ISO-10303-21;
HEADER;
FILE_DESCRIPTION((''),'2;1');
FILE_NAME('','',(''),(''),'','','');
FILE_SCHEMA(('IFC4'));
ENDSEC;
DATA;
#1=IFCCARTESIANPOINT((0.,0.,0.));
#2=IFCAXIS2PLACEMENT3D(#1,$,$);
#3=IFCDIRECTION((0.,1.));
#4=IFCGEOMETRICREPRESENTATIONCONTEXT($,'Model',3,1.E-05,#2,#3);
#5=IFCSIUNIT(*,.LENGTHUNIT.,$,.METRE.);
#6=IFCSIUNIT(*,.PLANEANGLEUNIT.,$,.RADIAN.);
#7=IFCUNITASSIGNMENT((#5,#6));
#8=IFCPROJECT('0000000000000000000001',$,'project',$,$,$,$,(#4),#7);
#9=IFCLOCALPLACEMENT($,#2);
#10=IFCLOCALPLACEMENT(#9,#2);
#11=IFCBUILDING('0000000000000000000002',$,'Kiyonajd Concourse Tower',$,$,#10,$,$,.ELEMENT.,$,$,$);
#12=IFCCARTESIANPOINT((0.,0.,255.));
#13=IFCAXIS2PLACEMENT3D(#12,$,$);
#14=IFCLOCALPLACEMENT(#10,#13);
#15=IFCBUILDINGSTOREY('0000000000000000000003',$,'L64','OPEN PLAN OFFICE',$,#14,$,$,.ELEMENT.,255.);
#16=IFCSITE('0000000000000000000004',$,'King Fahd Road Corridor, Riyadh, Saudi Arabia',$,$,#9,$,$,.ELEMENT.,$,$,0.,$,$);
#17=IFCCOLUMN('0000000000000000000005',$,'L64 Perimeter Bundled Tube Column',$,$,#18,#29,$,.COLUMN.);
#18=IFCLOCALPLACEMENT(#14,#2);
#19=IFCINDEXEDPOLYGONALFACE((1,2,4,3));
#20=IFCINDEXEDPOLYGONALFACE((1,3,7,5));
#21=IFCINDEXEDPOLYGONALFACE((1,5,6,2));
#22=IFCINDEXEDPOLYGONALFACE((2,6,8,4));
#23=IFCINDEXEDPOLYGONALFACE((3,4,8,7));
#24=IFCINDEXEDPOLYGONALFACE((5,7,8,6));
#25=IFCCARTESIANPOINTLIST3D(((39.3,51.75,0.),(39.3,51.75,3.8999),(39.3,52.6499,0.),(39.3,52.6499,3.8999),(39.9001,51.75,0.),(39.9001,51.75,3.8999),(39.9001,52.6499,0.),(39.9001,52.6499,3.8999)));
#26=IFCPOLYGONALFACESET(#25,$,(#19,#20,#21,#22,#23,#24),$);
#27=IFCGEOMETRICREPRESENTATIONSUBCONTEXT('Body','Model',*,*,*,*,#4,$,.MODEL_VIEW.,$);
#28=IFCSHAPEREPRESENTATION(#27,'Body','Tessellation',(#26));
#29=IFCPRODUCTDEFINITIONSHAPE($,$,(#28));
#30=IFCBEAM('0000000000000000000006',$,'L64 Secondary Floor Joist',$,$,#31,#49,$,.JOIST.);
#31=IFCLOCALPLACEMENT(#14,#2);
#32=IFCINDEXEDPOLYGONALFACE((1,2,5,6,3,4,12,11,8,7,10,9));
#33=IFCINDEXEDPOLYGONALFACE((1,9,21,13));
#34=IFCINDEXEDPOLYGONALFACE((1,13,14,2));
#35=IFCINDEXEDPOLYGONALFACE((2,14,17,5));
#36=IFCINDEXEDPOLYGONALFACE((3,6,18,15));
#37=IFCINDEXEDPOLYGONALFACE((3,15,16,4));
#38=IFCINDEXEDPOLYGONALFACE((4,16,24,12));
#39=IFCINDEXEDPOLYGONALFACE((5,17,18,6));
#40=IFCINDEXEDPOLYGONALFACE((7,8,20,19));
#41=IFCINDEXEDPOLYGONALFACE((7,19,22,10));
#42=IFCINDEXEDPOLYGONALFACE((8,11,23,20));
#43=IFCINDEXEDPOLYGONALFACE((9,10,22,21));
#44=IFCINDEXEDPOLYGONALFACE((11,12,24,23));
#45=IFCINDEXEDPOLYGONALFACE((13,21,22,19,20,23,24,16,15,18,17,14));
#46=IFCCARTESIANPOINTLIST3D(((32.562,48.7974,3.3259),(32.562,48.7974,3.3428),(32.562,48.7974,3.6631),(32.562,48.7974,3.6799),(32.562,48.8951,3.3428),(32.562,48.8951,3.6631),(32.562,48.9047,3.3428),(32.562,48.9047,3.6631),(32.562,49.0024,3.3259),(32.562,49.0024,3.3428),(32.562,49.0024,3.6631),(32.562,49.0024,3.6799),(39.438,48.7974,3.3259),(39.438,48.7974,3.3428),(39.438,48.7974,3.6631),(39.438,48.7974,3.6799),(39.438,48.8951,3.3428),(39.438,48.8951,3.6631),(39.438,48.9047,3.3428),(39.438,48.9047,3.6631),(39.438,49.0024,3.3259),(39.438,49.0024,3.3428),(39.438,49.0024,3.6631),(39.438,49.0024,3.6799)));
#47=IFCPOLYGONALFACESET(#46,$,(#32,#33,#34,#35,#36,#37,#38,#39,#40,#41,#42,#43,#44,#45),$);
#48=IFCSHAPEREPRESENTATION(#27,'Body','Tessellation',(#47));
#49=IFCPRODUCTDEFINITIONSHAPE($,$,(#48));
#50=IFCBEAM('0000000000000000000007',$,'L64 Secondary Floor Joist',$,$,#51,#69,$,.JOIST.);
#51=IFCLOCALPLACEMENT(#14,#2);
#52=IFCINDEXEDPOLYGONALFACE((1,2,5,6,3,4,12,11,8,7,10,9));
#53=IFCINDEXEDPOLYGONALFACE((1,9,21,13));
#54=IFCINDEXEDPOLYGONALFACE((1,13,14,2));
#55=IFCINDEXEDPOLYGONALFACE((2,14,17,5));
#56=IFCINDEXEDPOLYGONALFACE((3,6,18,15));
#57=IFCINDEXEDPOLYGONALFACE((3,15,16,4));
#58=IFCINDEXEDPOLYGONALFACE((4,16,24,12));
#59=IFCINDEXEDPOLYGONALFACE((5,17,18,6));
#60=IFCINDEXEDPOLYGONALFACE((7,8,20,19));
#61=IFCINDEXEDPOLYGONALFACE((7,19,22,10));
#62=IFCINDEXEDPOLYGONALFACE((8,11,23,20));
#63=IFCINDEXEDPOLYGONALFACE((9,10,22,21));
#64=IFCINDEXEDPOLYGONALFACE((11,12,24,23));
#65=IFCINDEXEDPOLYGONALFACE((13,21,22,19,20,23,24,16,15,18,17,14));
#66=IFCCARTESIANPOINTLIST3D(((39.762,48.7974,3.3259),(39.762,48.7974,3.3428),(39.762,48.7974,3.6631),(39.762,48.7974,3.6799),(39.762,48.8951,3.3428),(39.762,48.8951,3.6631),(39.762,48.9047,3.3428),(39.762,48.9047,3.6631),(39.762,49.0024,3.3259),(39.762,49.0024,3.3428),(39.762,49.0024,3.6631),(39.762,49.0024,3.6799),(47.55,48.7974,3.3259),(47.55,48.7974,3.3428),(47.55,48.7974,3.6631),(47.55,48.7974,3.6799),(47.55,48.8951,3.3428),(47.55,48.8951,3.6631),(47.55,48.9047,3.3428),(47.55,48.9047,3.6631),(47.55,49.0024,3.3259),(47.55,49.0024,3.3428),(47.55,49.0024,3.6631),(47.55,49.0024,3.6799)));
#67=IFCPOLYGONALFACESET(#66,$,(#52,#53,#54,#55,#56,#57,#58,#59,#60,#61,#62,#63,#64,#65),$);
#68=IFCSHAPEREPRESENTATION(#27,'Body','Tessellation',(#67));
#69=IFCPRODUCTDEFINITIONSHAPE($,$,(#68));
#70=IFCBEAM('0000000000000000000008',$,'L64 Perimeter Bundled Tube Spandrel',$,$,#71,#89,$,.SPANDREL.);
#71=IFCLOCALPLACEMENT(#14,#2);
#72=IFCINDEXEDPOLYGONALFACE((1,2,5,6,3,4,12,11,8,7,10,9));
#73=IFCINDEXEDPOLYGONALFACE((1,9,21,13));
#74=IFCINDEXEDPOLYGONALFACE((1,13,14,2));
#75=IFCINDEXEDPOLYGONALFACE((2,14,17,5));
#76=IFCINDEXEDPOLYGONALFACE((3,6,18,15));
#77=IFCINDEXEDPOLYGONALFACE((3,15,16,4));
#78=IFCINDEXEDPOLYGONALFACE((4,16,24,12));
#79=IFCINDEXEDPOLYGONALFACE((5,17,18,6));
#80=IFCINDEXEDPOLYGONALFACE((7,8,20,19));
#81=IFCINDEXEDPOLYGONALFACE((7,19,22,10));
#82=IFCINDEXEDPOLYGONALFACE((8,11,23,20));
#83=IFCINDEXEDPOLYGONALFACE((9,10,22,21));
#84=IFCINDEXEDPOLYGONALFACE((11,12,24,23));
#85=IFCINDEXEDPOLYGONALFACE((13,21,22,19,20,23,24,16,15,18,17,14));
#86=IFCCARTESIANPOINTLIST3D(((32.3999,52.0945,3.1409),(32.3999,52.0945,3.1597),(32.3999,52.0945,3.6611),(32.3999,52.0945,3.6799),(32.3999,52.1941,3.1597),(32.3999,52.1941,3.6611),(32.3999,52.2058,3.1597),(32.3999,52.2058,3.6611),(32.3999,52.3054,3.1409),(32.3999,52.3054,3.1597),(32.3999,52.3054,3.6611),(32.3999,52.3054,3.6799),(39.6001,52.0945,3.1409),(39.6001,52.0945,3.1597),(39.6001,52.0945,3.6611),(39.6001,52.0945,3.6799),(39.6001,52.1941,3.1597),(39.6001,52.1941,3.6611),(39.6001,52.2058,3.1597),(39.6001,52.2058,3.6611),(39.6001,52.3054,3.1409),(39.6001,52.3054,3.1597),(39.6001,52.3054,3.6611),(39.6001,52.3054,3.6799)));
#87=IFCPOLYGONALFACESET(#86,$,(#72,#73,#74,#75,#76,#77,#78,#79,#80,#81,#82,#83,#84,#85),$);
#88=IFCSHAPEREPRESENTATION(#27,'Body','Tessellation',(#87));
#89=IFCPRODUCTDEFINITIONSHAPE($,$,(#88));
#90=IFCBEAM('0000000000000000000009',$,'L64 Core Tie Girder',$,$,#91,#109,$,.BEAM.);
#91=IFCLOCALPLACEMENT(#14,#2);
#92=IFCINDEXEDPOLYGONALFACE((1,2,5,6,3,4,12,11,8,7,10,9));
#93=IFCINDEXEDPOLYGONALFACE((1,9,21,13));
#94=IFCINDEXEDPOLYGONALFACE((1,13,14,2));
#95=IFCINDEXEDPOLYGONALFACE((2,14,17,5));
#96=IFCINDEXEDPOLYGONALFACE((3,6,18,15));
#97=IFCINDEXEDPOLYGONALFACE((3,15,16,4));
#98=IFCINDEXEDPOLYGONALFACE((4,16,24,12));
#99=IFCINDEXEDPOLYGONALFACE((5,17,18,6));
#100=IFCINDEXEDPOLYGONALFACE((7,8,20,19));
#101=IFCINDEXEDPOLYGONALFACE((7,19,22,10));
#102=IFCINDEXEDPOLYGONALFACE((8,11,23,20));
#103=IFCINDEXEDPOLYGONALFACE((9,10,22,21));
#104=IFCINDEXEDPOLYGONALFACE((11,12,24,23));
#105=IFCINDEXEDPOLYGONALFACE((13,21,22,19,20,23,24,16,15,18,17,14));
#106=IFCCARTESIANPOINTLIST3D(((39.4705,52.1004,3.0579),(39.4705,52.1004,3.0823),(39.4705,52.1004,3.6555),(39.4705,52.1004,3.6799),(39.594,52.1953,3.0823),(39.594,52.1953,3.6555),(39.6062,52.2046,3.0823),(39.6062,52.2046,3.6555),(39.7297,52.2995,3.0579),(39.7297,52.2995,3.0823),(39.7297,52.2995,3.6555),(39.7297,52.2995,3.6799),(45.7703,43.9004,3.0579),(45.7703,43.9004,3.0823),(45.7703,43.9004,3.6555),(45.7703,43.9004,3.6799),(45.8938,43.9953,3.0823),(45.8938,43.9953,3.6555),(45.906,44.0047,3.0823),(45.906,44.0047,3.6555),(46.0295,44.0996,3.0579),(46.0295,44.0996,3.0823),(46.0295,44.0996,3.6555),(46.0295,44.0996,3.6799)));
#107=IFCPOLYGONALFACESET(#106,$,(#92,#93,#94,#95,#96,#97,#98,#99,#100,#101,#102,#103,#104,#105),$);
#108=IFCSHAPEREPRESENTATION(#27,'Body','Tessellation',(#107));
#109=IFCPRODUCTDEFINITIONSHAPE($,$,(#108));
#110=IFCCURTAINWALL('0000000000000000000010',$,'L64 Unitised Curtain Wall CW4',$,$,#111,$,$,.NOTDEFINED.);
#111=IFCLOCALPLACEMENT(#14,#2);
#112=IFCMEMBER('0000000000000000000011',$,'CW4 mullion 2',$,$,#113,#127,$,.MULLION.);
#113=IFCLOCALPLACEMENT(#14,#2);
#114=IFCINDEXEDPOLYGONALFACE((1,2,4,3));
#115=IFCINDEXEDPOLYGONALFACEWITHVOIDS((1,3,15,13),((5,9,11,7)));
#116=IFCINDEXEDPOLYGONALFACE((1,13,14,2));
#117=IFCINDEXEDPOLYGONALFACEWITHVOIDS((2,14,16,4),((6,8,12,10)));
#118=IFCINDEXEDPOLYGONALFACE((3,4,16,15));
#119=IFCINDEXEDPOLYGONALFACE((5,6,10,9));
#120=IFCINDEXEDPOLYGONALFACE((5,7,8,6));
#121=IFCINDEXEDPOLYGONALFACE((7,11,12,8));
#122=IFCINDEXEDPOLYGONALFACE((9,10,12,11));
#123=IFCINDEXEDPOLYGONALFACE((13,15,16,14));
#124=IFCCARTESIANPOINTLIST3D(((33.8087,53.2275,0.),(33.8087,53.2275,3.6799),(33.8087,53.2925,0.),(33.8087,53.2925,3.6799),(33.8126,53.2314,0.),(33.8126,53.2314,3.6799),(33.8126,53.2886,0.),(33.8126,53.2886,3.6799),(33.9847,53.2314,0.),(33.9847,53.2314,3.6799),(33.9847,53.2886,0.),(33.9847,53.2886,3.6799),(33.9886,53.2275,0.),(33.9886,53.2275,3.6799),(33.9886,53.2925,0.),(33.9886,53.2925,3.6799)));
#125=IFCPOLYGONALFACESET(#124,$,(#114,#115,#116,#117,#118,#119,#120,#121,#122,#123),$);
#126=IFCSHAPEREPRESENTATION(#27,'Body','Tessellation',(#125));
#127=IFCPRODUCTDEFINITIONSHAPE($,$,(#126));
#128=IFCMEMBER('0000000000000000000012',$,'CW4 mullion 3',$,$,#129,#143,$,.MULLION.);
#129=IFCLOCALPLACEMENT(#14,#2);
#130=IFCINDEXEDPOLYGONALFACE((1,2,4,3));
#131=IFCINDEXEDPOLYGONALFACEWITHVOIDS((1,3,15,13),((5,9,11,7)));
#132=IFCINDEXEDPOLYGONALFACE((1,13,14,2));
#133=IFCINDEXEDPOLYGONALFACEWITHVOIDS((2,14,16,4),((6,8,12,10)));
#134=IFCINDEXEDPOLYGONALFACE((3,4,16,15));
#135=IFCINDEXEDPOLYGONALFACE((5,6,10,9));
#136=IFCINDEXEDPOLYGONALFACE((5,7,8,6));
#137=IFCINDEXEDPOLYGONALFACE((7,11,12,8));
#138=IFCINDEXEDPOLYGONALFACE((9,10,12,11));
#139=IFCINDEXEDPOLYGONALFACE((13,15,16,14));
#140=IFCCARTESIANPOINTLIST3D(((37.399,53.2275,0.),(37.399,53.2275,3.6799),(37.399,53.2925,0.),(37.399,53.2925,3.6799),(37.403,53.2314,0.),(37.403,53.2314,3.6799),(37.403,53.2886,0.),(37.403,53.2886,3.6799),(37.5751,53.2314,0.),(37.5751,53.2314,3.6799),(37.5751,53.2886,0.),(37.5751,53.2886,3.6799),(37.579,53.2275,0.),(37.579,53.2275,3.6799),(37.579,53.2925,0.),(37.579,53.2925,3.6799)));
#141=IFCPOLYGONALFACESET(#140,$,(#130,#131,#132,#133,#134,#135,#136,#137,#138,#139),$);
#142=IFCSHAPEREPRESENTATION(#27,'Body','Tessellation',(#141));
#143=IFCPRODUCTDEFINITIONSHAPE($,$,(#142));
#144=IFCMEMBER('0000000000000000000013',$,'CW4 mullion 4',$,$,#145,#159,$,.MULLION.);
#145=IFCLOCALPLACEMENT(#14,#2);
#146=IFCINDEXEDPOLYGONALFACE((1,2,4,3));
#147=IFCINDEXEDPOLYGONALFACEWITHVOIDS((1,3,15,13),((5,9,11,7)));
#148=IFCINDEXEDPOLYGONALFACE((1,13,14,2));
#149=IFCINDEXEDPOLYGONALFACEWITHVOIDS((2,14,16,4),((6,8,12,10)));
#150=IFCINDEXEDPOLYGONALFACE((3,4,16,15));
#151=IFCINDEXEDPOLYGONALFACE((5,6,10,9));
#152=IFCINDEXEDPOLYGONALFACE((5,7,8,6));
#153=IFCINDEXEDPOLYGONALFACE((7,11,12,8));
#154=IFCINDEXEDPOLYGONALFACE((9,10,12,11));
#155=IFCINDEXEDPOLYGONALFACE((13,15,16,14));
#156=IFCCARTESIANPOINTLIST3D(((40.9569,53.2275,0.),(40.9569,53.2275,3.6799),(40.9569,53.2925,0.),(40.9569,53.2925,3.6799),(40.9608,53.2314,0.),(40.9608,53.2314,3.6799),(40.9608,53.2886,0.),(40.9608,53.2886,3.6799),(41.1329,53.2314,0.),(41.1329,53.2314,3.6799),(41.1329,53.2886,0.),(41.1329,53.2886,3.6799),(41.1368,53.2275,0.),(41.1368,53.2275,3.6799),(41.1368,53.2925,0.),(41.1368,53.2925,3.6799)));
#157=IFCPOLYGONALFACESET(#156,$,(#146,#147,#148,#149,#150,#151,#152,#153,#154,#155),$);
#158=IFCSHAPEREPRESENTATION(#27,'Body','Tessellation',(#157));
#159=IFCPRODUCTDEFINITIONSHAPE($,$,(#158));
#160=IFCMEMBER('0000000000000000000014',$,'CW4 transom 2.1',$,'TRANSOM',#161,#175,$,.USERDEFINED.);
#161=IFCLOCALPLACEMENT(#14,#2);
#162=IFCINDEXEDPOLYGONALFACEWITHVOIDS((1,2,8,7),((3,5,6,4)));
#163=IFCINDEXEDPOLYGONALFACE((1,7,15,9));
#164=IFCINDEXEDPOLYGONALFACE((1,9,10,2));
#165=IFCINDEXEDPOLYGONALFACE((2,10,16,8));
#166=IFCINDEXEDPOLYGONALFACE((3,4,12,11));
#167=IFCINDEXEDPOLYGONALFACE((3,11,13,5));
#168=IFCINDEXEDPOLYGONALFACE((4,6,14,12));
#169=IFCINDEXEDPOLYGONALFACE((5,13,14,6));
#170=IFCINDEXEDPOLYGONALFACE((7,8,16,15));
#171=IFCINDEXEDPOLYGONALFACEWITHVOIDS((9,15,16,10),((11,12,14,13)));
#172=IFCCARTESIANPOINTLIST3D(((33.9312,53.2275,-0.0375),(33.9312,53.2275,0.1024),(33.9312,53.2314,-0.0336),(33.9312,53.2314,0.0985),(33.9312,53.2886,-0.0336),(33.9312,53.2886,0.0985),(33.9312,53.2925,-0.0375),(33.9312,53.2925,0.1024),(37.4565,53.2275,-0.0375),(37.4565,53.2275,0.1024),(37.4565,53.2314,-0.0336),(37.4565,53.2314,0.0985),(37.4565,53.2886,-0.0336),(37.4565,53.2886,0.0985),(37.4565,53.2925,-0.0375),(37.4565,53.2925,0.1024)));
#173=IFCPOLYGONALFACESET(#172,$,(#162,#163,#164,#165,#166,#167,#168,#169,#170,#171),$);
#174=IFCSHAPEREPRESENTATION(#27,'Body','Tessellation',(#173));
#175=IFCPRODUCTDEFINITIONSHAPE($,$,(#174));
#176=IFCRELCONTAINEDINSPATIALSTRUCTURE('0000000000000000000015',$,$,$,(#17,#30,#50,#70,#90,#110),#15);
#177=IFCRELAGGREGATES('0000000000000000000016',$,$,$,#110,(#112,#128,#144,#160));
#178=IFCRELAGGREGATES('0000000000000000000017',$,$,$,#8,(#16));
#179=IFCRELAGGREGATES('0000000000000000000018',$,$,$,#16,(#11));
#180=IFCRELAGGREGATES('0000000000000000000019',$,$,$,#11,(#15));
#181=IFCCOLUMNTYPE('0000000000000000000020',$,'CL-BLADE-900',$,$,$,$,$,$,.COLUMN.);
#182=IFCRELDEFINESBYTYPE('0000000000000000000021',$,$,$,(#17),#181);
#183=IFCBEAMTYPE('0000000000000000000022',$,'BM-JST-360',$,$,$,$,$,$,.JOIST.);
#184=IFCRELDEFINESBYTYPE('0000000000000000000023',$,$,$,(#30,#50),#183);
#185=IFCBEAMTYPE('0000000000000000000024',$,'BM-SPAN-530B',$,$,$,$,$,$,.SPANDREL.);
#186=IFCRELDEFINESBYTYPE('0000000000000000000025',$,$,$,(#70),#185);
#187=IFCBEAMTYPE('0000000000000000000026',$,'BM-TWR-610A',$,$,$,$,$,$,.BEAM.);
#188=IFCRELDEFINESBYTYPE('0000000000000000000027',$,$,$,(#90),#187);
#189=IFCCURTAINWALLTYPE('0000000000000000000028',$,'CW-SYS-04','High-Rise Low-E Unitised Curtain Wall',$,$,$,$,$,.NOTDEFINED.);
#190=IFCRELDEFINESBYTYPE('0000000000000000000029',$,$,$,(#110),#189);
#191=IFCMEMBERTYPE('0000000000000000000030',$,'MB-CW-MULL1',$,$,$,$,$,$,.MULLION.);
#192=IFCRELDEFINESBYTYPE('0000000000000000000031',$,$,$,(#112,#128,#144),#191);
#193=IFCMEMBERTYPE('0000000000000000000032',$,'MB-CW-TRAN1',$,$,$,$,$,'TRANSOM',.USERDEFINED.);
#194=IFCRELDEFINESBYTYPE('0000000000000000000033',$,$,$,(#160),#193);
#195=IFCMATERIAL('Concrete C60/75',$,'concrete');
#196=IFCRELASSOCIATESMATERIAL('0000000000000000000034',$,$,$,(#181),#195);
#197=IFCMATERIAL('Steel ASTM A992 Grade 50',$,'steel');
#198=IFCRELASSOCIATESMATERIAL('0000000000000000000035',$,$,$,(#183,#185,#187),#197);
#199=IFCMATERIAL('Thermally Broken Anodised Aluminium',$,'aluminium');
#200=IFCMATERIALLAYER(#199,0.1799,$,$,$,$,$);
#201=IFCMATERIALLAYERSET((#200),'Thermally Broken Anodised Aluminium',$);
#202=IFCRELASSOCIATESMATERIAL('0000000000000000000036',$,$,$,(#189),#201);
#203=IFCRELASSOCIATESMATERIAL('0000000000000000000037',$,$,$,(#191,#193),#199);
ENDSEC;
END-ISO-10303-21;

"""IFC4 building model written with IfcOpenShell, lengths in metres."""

from ifc_helpers import new_model, si_unit, direction, frame, origin, origin_2d, place, context, subcontext, project, spatial, rectangle, hollow_rectangle, i_section, extrude, material, layer, layer_set, material_profile, profile_set, type_object, element, aggregate, save


model = new_model("IFC4")

# Units and contexts
model_context = context("Model", 3, precision=1e-05, world=origin(), true_north=direction((0.0, 1.0)))
body_context = subcontext(model_context, "Body", "Model", "MODEL_VIEW")
ifc_project = project(units=[si_unit("LENGTHUNIT", "METRE"), si_unit("PLANEANGLEUNIT", "RADIAN")], contexts=[model_context])

# Site, building, storey
site_placement = place(None, origin())
site = spatial("IfcSite", under=ifc_project, at=site_placement, Name="King Fahd Road Corridor, Riyadh, Saudi Arabia", CompositionType="ELEMENT", RefElevation=0.0)
building_placement = place(site_placement, origin())
building = spatial("IfcBuilding", under=site, at=building_placement, Name="Kiyonajd Concourse Tower", CompositionType="ELEMENT")
storey_placement = place(building_placement, frame((0.0, 0.0, 255.0)))
storey = spatial("IfcBuildingStorey", under=building, at=storey_placement, Name="L64", Description="OPEN PLAN OFFICE", CompositionType="ELEMENT", Elevation=255.0)

# Column
ifc_material_1 = material(Name="Concrete C60/75", Category="concrete")
ifc_material_profile_1 = material_profile(ifc_material_1, rectangle(XDim=0.6001, YDim=0.8999, at=origin_2d()), Name="RC-900x600")
ifc_profile_set_1 = profile_set([ifc_material_profile_1], Name="Concrete C60/75")
column_type = type_object("IfcColumnType", Name="CL-BLADE-900", PredefinedType="COLUMN", material=ifc_profile_set_1)
column_placement = place(storey_placement, frame((39.6001, 52.2, 0.0), z_axis=(0.0, 0.0, 1.0), x_axis=(1.0, 0.0, 0.0)))
element("IfcColumn", 1, at=column_placement, inside=storey, type_object=column_type, Name="L64 Perimeter Bundled Tube Column", PredefinedType="COLUMN", context=body_context, shape_type="SweptSolid", body=[
    extrude(rectangle(XDim=0.6001, YDim=0.8999, at=origin_2d()), origin(), (0.0, 0.0, 1.0), 3.8999),
])

# Beams
ifc_material_2 = material(Name="Steel ASTM A992 Grade 50", Category="steel")
ifc_material_profile_2 = material_profile(ifc_material_2, i_section(OverallWidth=0.2051, OverallDepth=0.354, WebThickness=0.0095, FlangeThickness=0.0168, at=origin_2d()), Name="W360X79")
ifc_profile_set_2 = profile_set([ifc_material_profile_2], Name="Steel ASTM A992 Grade 50")
beam_type_1 = type_object("IfcBeamType", Name="BM-JST-360", PredefinedType="JOIST", material=ifc_profile_set_2)
beam_1_placement = place(storey_placement, frame((32.562, 48.8999, 3.5029), z_axis=(1.0, 0.0, 0.0), x_axis=(0.0, 1.0, 0.0)))
element("IfcBeam", 2, at=beam_1_placement, inside=storey, type_object=beam_type_1, Name="L64 Secondary Floor Joist", PredefinedType="JOIST", context=body_context, shape_type="SweptSolid", body=[
    extrude(i_section(OverallWidth=0.2051, OverallDepth=0.354, WebThickness=0.0095, FlangeThickness=0.0168, at=origin_2d()), origin(), (0.0, 0.0, 1.0), 6.876),
])
beam_2_placement = place(storey_placement, frame((39.762, 48.8999, 3.5029), z_axis=(1.0, 0.0, 0.0), x_axis=(0.0, 1.0, 0.0)))
element("IfcBeam", 3, at=beam_2_placement, inside=storey, type_object=beam_type_1, Name="L64 Secondary Floor Joist", PredefinedType="JOIST", context=body_context, shape_type="SweptSolid", body=[
    extrude(i_section(OverallWidth=0.2051, OverallDepth=0.354, WebThickness=0.0095, FlangeThickness=0.0168, at=origin_2d()), origin(), (0.0, 0.0, 1.0), 7.7881),
])
ifc_material_profile_3 = material_profile(ifc_material_2, i_section(OverallWidth=0.2109, OverallDepth=0.5391, WebThickness=0.0117, FlangeThickness=0.0188, at=origin_2d()), Name="W530X109")
ifc_profile_set_3 = profile_set([ifc_material_profile_3], Name="Steel ASTM A992 Grade 50")
beam_type_2 = type_object("IfcBeamType", Name="BM-SPAN-530B", PredefinedType="SPANDREL", material=ifc_profile_set_3)
beam_3_placement = place(storey_placement, frame((39.6001, 52.2, 3.4104), z_axis=(-1.0, 0.0, 0.0), x_axis=(0.0, -1.0, 0.0)))
element("IfcBeam", 4, at=beam_3_placement, inside=storey, type_object=beam_type_2, Name="L64 Perimeter Bundled Tube Spandrel", PredefinedType="SPANDREL", context=body_context, shape_type="SweptSolid", body=[
    extrude(i_section(OverallWidth=0.2109, OverallDepth=0.5391, WebThickness=0.0117, FlangeThickness=0.0188, at=origin_2d()), origin(), (0.0, 0.0, 1.0), 7.2002),
])
ifc_material_profile_4 = material_profile(ifc_material_2, i_section(OverallWidth=0.3269, OverallDepth=0.6221, WebThickness=0.0154, FlangeThickness=0.0244, at=origin_2d()), Name="W610X195")
ifc_profile_set_4 = profile_set([ifc_material_profile_4], Name="Steel ASTM A992 Grade 50")
beam_type_3 = type_object("IfcBeamType", Name="BM-TWR-610A", PredefinedType="BEAM", material=ifc_profile_set_4)
beam_4_placement = place(storey_placement, frame((39.6001, 52.2, 3.3689), z_axis=(0.609234, -0.792991, 0.0), x_axis=(0.792991, 0.609234, 0.0)))
element("IfcBeam", 5, at=beam_4_placement, inside=storey, type_object=beam_type_3, Name="L64 Core Tie Girder", PredefinedType="BEAM", context=body_context, shape_type="SweptSolid", body=[
    extrude(i_section(OverallWidth=0.3269, OverallDepth=0.6221, WebThickness=0.0154, FlangeThickness=0.0244, at=origin_2d()), origin(), (0.0, 0.0, 1.0), 10.3406),
])

# Curtain wall, members
ifc_material_3 = material(Name="Thermally Broken Anodised Aluminium", Category="aluminium")
ifc_layer_1 = layer(ifc_material_3, 0.1799)
ifc_layer_set_1 = layer_set([ifc_layer_1], Name="Thermally Broken Anodised Aluminium")
curtain_wall_type = type_object("IfcCurtainWallType", Name="CW-SYS-04", Description="High-Rise Low-E Unitised Curtain Wall", PredefinedType="NOTDEFINED", material=ifc_layer_set_1)
curtain_wall_placement = place(storey_placement, origin())
curtain_wall = element("IfcCurtainWall", 6, at=curtain_wall_placement, inside=storey, type_object=curtain_wall_type, Name="L64 Unitised Curtain Wall CW4", PredefinedType="NOTDEFINED")
ifc_material_profile_5 = material_profile(ifc_material_3, hollow_rectangle(XDim=0.0649, YDim=0.1799, WallThickness=0.0039, at=origin_2d()), Name="MULL-65x180")
ifc_profile_set_5 = profile_set([ifc_material_profile_5], Name="Thermally Broken Anodised Aluminium")
member_type_1 = type_object("IfcMemberType", Name="MB-CW-MULL1", PredefinedType="MULLION", material=ifc_profile_set_5)
member_1_placement = place(storey_placement, frame((33.8987, 53.26, 0.0), z_axis=(0.0, 0.0, 1.0), x_axis=(0.0, 1.0, 0.0)))
member_1 = element("IfcMember", 7, at=member_1_placement, type_object=member_type_1, Name="CW4 mullion 2", PredefinedType="MULLION", context=body_context, shape_type="SweptSolid", body=[
    extrude(hollow_rectangle(XDim=0.0649, YDim=0.1799, WallThickness=0.0039, at=origin_2d()), origin(), (0.0, 0.0, 1.0), 3.6799),
])
member_2_placement = place(storey_placement, frame((37.489, 53.26, 0.0), z_axis=(0.0, 0.0, 1.0), x_axis=(0.0, 1.0, 0.0)))
member_2 = element("IfcMember", 8, at=member_2_placement, type_object=member_type_1, Name="CW4 mullion 3", PredefinedType="MULLION", context=body_context, shape_type="SweptSolid", body=[
    extrude(hollow_rectangle(XDim=0.0649, YDim=0.1799, WallThickness=0.0039, at=origin_2d()), origin(), (0.0, 0.0, 1.0), 3.6799),
])
member_3_placement = place(storey_placement, frame((41.0469, 53.26, 0.0), z_axis=(0.0, 0.0, 1.0), x_axis=(0.0, 1.0, 0.0)))
member_3 = element("IfcMember", 9, at=member_3_placement, type_object=member_type_1, Name="CW4 mullion 4", PredefinedType="MULLION", context=body_context, shape_type="SweptSolid", body=[
    extrude(hollow_rectangle(XDim=0.0649, YDim=0.1799, WallThickness=0.0039, at=origin_2d()), origin(), (0.0, 0.0, 1.0), 3.6799),
])
ifc_material_profile_6 = material_profile(ifc_material_3, hollow_rectangle(XDim=0.0649, YDim=0.1399, WallThickness=0.0039, at=origin_2d()), Name="TRAN-65x140")
ifc_profile_set_6 = profile_set([ifc_material_profile_6], Name="Thermally Broken Anodised Aluminium")
member_type_2 = type_object("IfcMemberType", Name="MB-CW-TRAN1", ElementType="TRANSOM", PredefinedType="USERDEFINED", material=ifc_profile_set_6)
member_4_placement = place(storey_placement, frame((33.9312, 53.26, 0.0325), z_axis=(1.0, 0.0, 0.0), x_axis=(0.0, 1.0, 0.0)))
member_4 = element("IfcMember", 10, at=member_4_placement, type_object=member_type_2, Name="CW4 transom 2.1", ObjectType="TRANSOM", PredefinedType="USERDEFINED", context=body_context, shape_type="SweptSolid", body=[
    extrude(hollow_rectangle(XDim=0.0649, YDim=0.1399, WallThickness=0.0039, at=origin_2d()), origin(), (0.0, 0.0, 1.0), 3.5254),
])

aggregate(curtain_wall, [member_1, member_2, member_3, member_4])

save(model, "model.ifc")
